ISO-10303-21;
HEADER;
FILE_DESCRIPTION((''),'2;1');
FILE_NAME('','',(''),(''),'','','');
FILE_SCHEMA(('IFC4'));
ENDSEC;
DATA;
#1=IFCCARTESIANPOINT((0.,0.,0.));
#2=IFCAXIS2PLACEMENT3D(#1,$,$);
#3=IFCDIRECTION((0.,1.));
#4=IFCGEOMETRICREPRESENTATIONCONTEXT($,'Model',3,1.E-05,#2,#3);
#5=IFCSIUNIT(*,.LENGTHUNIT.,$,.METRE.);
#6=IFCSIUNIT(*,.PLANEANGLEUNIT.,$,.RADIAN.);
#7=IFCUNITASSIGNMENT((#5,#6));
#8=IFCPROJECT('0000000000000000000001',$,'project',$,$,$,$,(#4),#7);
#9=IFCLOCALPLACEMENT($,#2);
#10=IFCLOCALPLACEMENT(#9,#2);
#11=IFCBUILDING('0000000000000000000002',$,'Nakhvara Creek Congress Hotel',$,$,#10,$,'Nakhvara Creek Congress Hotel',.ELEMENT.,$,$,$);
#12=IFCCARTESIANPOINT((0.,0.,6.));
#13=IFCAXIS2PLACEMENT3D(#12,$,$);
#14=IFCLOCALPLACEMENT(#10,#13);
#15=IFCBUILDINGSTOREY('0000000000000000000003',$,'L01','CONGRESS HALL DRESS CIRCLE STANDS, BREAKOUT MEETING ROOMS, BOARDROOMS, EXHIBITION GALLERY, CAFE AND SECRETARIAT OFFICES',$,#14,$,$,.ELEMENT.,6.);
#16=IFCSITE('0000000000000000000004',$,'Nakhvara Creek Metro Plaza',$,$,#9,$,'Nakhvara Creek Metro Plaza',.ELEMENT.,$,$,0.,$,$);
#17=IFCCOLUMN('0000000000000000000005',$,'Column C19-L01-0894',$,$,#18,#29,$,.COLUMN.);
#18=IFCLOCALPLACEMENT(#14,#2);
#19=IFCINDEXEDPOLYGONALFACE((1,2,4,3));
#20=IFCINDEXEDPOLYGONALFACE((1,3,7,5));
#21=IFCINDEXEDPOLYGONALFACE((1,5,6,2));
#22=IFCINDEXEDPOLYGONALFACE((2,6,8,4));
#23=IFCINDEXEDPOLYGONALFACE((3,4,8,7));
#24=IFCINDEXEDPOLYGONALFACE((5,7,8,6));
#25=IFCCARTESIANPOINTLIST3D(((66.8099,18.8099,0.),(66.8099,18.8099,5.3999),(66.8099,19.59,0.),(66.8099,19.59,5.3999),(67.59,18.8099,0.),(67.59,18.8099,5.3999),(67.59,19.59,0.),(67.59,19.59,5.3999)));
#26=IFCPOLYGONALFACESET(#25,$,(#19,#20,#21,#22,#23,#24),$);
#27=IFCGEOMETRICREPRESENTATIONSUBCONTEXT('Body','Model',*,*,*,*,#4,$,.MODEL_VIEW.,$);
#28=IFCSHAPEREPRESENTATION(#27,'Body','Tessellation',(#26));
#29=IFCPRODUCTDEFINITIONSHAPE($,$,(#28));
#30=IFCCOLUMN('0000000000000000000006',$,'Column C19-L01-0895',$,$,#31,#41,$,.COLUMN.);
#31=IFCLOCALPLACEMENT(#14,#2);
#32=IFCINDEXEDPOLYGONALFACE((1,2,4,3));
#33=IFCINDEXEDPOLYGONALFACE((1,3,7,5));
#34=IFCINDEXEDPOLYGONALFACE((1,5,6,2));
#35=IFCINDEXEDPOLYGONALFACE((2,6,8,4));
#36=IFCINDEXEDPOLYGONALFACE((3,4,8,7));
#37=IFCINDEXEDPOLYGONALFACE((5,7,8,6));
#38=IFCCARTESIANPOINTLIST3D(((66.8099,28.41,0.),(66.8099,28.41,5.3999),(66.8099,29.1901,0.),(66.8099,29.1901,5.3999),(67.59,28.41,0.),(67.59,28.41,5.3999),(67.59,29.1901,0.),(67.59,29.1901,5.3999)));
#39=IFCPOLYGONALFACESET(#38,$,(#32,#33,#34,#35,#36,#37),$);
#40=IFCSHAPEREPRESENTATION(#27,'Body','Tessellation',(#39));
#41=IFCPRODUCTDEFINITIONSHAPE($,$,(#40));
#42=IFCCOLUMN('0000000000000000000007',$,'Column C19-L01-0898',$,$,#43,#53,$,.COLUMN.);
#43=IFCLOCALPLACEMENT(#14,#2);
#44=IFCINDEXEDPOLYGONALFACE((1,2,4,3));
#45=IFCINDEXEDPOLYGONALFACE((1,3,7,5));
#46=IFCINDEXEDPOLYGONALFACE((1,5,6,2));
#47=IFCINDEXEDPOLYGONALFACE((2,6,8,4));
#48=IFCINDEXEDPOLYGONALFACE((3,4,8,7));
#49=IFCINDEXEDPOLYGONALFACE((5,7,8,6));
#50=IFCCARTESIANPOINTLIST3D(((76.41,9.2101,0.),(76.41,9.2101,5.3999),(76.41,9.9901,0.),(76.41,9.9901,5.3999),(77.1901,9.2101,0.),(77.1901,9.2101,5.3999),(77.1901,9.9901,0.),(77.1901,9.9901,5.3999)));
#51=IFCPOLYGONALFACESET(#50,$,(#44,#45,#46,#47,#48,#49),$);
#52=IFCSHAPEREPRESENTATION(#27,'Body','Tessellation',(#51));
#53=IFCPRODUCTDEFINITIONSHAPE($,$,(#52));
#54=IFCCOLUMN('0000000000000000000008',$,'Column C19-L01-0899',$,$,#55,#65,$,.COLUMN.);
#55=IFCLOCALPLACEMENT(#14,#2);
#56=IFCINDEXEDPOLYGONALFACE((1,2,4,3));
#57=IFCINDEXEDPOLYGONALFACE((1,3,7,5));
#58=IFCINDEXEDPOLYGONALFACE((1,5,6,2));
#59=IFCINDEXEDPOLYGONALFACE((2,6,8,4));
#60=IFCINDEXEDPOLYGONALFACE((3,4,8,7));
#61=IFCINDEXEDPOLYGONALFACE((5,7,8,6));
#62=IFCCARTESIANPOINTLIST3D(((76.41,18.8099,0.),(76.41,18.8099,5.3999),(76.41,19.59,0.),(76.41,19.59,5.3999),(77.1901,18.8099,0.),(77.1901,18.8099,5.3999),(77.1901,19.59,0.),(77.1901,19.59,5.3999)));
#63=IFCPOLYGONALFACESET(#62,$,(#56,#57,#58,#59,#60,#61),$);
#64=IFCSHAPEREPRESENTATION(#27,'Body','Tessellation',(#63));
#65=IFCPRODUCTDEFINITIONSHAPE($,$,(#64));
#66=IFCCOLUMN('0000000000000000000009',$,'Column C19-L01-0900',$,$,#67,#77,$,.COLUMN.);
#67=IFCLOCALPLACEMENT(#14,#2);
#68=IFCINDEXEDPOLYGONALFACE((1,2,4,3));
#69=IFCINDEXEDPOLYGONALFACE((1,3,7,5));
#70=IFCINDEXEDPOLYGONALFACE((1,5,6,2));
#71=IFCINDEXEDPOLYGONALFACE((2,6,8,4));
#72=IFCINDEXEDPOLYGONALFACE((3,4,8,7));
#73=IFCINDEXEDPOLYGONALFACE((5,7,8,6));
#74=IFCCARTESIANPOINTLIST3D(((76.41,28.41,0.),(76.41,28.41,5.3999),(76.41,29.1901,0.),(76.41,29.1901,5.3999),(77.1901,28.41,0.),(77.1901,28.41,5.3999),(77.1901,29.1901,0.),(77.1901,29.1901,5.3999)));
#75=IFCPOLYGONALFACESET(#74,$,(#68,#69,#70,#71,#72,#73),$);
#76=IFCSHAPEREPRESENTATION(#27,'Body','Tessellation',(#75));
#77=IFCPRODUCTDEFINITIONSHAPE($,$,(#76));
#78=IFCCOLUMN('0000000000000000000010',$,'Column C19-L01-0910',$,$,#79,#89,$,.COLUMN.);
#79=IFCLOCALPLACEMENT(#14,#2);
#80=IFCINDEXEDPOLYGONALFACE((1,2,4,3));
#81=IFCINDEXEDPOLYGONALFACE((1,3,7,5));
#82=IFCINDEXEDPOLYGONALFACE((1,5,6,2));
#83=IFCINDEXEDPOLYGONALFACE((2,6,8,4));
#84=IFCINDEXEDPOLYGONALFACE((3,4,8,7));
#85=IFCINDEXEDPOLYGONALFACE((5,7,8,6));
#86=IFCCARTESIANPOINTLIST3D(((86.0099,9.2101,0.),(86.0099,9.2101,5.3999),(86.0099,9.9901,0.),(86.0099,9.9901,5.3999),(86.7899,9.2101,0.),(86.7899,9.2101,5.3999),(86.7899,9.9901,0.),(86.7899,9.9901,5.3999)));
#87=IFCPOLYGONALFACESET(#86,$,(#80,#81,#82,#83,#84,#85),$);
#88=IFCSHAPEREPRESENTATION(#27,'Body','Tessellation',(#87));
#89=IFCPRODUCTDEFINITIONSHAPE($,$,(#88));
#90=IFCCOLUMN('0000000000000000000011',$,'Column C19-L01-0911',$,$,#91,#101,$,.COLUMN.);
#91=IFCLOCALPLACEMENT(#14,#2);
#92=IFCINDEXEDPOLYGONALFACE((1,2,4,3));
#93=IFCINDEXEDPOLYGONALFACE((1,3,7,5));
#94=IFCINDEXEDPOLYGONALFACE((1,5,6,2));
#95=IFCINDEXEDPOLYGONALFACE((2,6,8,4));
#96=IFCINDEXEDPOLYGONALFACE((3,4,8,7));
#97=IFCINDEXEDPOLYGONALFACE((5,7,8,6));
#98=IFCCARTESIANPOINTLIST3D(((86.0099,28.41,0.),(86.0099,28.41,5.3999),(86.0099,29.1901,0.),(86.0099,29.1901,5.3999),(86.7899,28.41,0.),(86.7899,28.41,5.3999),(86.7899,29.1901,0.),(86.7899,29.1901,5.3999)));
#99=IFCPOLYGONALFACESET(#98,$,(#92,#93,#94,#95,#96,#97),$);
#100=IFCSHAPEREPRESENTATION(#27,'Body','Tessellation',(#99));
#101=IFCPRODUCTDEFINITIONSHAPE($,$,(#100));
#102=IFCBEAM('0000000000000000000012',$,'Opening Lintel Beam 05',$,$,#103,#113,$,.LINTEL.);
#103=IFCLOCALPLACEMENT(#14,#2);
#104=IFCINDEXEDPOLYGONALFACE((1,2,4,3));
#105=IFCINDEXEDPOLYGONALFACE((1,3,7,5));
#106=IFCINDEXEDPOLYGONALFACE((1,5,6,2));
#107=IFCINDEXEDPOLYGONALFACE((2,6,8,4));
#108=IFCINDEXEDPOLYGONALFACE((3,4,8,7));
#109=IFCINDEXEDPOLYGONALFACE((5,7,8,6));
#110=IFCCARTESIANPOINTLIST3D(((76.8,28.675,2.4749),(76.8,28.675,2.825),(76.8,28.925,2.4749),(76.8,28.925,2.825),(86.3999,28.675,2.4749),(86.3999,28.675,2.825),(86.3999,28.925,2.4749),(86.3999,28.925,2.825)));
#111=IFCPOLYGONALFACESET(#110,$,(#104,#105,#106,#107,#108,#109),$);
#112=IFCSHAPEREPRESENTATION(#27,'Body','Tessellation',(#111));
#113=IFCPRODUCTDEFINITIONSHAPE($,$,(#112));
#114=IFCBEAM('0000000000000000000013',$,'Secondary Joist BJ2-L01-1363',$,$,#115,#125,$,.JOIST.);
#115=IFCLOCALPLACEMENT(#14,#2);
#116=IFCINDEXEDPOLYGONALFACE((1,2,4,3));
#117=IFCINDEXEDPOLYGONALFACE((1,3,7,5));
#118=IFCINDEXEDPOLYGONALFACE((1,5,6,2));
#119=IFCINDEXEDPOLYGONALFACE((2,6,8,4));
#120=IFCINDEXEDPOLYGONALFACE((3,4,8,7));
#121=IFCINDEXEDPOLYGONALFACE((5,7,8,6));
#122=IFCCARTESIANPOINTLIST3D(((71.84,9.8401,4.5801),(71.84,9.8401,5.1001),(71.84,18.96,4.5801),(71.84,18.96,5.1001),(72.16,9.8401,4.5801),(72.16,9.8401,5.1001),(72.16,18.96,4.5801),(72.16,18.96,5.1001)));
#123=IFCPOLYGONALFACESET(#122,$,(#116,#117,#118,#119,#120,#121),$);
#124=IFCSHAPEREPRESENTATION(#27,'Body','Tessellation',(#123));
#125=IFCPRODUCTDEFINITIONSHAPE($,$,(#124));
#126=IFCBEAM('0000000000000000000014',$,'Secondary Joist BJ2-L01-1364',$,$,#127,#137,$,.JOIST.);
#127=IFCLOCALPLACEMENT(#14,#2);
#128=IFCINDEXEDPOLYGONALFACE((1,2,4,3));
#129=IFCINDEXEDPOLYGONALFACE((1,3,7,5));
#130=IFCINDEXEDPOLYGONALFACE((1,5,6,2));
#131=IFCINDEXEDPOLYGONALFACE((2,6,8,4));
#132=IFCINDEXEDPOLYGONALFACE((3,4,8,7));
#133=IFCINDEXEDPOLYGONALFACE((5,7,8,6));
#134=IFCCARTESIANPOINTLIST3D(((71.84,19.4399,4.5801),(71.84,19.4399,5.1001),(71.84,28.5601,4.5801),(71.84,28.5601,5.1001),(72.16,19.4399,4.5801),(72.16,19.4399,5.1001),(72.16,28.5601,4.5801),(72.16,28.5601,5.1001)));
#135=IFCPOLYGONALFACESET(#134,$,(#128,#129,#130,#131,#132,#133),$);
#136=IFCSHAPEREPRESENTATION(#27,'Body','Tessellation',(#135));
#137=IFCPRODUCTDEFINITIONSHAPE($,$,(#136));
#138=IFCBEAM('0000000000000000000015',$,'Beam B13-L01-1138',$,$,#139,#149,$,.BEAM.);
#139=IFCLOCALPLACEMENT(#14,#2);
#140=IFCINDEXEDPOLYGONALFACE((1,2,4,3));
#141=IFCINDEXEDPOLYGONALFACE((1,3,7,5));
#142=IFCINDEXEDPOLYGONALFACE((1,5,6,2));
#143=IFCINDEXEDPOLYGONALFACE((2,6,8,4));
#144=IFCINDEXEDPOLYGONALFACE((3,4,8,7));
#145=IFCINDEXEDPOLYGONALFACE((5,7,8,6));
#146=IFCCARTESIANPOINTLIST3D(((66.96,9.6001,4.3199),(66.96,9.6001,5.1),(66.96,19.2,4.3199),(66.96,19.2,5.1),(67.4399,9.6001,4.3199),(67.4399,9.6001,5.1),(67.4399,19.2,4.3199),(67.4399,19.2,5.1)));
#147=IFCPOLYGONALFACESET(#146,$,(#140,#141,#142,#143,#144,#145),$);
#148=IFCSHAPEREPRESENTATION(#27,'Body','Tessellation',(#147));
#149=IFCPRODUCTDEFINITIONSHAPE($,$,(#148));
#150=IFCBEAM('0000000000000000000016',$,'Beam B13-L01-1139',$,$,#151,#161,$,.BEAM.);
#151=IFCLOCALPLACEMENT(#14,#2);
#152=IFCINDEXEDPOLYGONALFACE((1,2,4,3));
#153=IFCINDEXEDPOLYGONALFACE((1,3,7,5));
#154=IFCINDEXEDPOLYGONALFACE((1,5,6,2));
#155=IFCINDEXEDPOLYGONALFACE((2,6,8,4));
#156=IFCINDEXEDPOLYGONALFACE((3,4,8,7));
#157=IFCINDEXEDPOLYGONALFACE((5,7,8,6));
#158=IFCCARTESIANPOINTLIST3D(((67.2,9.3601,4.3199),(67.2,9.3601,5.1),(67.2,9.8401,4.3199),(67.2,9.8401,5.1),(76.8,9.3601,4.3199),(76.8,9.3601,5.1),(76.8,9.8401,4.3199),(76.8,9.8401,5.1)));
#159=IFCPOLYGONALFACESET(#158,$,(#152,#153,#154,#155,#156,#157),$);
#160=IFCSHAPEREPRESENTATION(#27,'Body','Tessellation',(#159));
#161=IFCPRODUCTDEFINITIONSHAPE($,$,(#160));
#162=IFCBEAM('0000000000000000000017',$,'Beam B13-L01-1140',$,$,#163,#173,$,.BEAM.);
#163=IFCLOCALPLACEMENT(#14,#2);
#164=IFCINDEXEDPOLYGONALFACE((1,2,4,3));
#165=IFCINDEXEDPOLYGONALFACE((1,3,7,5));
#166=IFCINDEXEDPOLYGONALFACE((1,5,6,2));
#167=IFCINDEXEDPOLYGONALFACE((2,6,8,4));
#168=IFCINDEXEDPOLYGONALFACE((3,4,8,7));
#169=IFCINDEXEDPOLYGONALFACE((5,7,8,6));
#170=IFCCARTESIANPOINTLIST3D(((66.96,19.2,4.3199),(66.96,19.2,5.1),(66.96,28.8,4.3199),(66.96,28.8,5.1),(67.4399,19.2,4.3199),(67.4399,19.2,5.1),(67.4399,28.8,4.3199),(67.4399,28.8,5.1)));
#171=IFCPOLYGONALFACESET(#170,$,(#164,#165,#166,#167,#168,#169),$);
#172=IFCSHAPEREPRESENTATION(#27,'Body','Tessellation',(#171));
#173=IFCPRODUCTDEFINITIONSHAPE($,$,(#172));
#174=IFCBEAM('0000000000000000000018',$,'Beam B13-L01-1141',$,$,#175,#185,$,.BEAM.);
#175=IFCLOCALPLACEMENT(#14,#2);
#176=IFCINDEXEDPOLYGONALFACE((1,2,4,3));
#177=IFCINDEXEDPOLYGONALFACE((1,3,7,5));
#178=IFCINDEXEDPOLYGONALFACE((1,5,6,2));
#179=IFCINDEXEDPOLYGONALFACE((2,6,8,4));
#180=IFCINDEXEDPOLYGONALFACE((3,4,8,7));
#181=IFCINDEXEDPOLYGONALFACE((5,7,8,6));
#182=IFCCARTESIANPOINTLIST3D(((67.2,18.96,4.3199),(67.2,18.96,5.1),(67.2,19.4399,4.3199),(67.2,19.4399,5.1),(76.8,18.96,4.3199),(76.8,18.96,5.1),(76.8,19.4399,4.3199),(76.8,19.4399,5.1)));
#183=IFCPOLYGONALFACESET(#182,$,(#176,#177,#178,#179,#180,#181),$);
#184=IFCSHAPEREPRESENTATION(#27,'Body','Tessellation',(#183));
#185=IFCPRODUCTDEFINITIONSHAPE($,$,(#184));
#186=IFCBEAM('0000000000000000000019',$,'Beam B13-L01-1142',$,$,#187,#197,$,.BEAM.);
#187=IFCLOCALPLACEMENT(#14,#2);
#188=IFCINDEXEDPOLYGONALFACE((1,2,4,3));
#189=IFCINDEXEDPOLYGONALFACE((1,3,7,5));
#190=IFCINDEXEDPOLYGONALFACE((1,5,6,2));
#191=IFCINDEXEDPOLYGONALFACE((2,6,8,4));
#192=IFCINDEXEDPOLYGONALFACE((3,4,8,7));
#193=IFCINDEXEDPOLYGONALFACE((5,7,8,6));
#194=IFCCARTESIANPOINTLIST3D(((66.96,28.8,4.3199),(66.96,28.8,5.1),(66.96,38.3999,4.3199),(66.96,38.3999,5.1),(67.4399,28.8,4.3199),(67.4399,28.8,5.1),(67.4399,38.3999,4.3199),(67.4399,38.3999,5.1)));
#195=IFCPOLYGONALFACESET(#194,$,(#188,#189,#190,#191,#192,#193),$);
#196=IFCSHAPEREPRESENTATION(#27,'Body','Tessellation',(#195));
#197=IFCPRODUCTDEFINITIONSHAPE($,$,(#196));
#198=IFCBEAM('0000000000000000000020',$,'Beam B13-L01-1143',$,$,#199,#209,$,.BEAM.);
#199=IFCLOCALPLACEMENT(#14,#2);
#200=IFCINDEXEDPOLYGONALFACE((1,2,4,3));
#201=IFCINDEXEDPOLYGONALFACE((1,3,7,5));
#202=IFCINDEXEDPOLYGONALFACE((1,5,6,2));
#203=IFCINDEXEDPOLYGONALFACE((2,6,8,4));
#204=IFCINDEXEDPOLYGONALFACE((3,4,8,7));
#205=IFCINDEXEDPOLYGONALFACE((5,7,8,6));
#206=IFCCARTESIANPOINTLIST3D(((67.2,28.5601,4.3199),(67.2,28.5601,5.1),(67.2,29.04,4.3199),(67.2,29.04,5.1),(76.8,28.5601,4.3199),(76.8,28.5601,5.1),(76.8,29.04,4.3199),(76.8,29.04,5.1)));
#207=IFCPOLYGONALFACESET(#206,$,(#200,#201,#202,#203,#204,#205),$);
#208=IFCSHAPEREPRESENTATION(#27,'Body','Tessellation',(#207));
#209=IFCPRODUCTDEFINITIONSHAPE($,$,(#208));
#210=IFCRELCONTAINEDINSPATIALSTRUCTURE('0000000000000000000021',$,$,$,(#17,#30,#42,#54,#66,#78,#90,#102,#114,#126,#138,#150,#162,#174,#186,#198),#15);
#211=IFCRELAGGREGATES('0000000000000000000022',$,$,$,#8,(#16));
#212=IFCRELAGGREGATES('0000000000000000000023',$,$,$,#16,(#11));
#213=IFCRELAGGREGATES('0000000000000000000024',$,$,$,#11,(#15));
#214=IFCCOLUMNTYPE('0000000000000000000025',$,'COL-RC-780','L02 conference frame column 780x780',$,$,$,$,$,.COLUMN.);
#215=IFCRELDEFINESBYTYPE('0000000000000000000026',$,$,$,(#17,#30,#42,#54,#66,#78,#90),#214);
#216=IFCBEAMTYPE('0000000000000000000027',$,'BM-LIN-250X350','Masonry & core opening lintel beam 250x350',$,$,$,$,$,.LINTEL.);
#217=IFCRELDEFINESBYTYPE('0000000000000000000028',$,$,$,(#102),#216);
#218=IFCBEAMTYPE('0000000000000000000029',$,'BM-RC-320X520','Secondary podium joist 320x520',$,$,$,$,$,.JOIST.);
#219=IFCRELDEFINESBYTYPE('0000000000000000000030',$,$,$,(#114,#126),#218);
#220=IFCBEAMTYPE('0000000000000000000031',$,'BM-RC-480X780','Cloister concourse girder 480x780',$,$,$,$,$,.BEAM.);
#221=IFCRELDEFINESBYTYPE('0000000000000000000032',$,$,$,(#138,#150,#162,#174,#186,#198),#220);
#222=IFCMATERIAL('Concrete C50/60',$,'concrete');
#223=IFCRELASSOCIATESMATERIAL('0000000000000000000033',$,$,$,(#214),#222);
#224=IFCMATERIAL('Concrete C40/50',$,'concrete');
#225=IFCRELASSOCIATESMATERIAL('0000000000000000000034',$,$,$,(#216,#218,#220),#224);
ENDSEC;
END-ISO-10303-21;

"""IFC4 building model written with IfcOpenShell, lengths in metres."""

from ifc_helpers import new_model, si_unit, direction, frame, origin, origin_2d, place, context, subcontext, project, spatial, rectangle, extrude, material, material_profile, profile_set, type_object, element, save


model = new_model("IFC4")

# Units and contexts
model_context = context("Model", 3, precision=1e-05, world=origin(), true_north=direction((0.0, 1.0)))
body_context = subcontext(model_context, "Body", "Model", "MODEL_VIEW")
ifc_project = project(units=[si_unit("LENGTHUNIT", "METRE"), si_unit("PLANEANGLEUNIT", "RADIAN")], contexts=[model_context])

# Site, building, storey
site_placement = place(None, origin())
site = spatial("IfcSite", under=ifc_project, at=site_placement, Name="Nakhvara Creek Metro Plaza", LongName="Nakhvara Creek Metro Plaza", CompositionType="ELEMENT", RefElevation=0.0)
building_placement = place(site_placement, origin())
building = spatial("IfcBuilding", under=site, at=building_placement, Name="Nakhvara Creek Congress Hotel", LongName="Nakhvara Creek Congress Hotel", CompositionType="ELEMENT")
storey_placement = place(building_placement, frame((0.0, 0.0, 6.0)))
storey = spatial("IfcBuildingStorey", under=building, at=storey_placement, Name="L01", Description="CONGRESS HALL DRESS CIRCLE STANDS, BREAKOUT MEETING ROOMS, BOARDROOMS, EXHIBITION GALLERY, CAFE AND SECRETARIAT OFFICES", CompositionType="ELEMENT", Elevation=6.0)

# Columns
ifc_material_1 = material(Name="Concrete C50/60", Category="concrete")
ifc_material_profile_1 = material_profile(ifc_material_1, rectangle(XDim=0.78, YDim=0.78, at=origin_2d()), Name="RC-COL 780x780", Category="LoadBearing")
ifc_profile_set_1 = profile_set([ifc_material_profile_1], Name="Concrete C50/60")
column_type = type_object("IfcColumnType", Name="COL-RC-780", Description="L02 conference frame column 780x780", PredefinedType="COLUMN", material=ifc_profile_set_1)
for number, where, z_axis, x_axis, name in (
    (1, (67.2, 19.2, 0.0), (0.0, 0.0, 1.0), (1.0, 0.0, 0.0), "Column C19-L01-0894"),
    (2, (67.2, 28.8, 0.0), (0.0, 0.0, 1.0), (1.0, 0.0, 0.0), "Column C19-L01-0895"),
    (3, (76.8, 9.6001, 0.0), (0.0, 0.0, 1.0), (1.0, 0.0, 0.0), "Column C19-L01-0898"),
    (4, (76.8, 19.2, 0.0), (0.0, 0.0, 1.0), (1.0, 0.0, 0.0), "Column C19-L01-0899"),
    (5, (76.8, 28.8, 0.0), (0.0, 0.0, 1.0), (1.0, 0.0, 0.0), "Column C19-L01-0900"),
    (6, (86.3999, 9.6001, 0.0), (0.0, 0.0, 1.0), (1.0, 0.0, 0.0), "Column C19-L01-0910"),
    (7, (86.3999, 28.8, 0.0), (0.0, 0.0, 1.0), (1.0, 0.0, 0.0), "Column C19-L01-0911"),
):
    element("IfcColumn", number, at=place(storey_placement, frame(where, z_axis=z_axis, x_axis=x_axis)), inside=storey, type_object=column_type, Name=name, PredefinedType="COLUMN", context=body_context, shape_type="SweptSolid", body=[
        extrude(rectangle(XDim=0.78, YDim=0.78, at=origin_2d()), origin(), (0.0, 0.0, 1.0), 5.3999),
    ])

# Beams
ifc_material_2 = material(Name="Concrete C40/50", Category="concrete")
ifc_material_profile_2 = material_profile(ifc_material_2, rectangle(XDim=0.25, YDim=0.3501, at=origin_2d()), Name="RC-LINTEL 250x350", Category="LoadBearing")
ifc_profile_set_2 = profile_set([ifc_material_profile_2], Name="Concrete C40/50")
beam_type_1 = type_object("IfcBeamType", Name="BM-LIN-250X350", Description="Masonry & core opening lintel beam 250x350", PredefinedType="LINTEL", material=ifc_profile_set_2)
beam_1_placement = place(storey_placement, frame((76.8, 28.8, 2.6499), z_axis=(1.0, 0.0, 0.0), x_axis=(0.0, 1.0, 0.0)))
element("IfcBeam", 8, at=beam_1_placement, inside=storey, type_object=beam_type_1, Name="Opening Lintel Beam 05", PredefinedType="LINTEL", context=body_context, shape_type="SweptSolid", body=[
    extrude(rectangle(XDim=0.25, YDim=0.3501, at=origin_2d()), origin(), (0.0, 0.0, 1.0), 9.5999),
])
ifc_material_profile_3 = material_profile(ifc_material_2, rectangle(XDim=0.3201, YDim=0.52, at=origin_2d()), Name="RC-BM 320x520", Category="LoadBearing")
ifc_profile_set_3 = profile_set([ifc_material_profile_3], Name="Concrete C40/50")
beam_type_2 = type_object("IfcBeamType", Name="BM-RC-320X520", Description="Secondary podium joist 320x520", PredefinedType="JOIST", material=ifc_profile_set_3)
beam_2_placement = place(storey_placement, frame((72.0, 9.8401, 4.8401), z_axis=(0.0, 1.0, 0.0), x_axis=(-1.0, 0.0, 0.0)))
element("IfcBeam", 9, at=beam_2_placement, inside=storey, type_object=beam_type_2, Name="Secondary Joist BJ2-L01-1363", PredefinedType="JOIST", context=body_context, shape_type="SweptSolid", body=[
    extrude(rectangle(XDim=0.3201, YDim=0.52, at=origin_2d()), origin(), (0.0, 0.0, 1.0), 9.1199),
])
beam_3_placement = place(storey_placement, frame((72.0, 19.4399, 4.8401), z_axis=(0.0, 1.0, 0.0), x_axis=(-1.0, 0.0, 0.0)))
element("IfcBeam", 10, at=beam_3_placement, inside=storey, type_object=beam_type_2, Name="Secondary Joist BJ2-L01-1364", PredefinedType="JOIST", context=body_context, shape_type="SweptSolid", body=[
    extrude(rectangle(XDim=0.3201, YDim=0.52, at=origin_2d()), origin(), (0.0, 0.0, 1.0), 9.1201),
])
ifc_material_profile_4 = material_profile(ifc_material_2, rectangle(XDim=0.48, YDim=0.78, at=origin_2d()), Name="RC-BM 480x780", Category="LoadBearing")
ifc_profile_set_4 = profile_set([ifc_material_profile_4], Name="Concrete C40/50")
beam_type_3 = type_object("IfcBeamType", Name="BM-RC-480X780", Description="Cloister concourse girder 480x780", PredefinedType="BEAM", material=ifc_profile_set_4)
beam_4_placement = place(storey_placement, frame((67.2, 9.6001, 4.71), z_axis=(0.0, 1.0, 0.0), x_axis=(-1.0, 0.0, 0.0)))
element("IfcBeam", 11, at=beam_4_placement, inside=storey, type_object=beam_type_3, Name="Beam B13-L01-1138", PredefinedType="BEAM", context=body_context, shape_type="SweptSolid", body=[
    extrude(rectangle(XDim=0.48, YDim=0.78, at=origin_2d()), origin(), (0.0, 0.0, 1.0), 9.5999),
])
for number, where, z_axis, x_axis, name in (
    (12, (67.2, 9.6001, 4.71), (1.0, 0.0, 0.0), (0.0, 1.0, 0.0), "Beam B13-L01-1139"),
    (13, (67.2, 19.2, 4.71), (0.0, 1.0, 0.0), (-1.0, 0.0, 0.0), "Beam B13-L01-1140"),
    (14, (67.2, 19.2, 4.71), (1.0, 0.0, 0.0), (0.0, 1.0, 0.0), "Beam B13-L01-1141"),
):
    element("IfcBeam", number, at=place(storey_placement, frame(where, z_axis=z_axis, x_axis=x_axis)), inside=storey, type_object=beam_type_3, Name=name, PredefinedType="BEAM", context=body_context, shape_type="SweptSolid", body=[
        extrude(rectangle(XDim=0.48, YDim=0.78, at=origin_2d()), origin(), (0.0, 0.0, 1.0), 9.6001),
    ])
beam_5_placement = place(storey_placement, frame((67.2, 28.8, 4.71), z_axis=(0.0, 1.0, 0.0), x_axis=(-1.0, 0.0, 0.0)))
element("IfcBeam", 15, at=beam_5_placement, inside=storey, type_object=beam_type_3, Name="Beam B13-L01-1142", PredefinedType="BEAM", context=body_context, shape_type="SweptSolid", body=[
    extrude(rectangle(XDim=0.48, YDim=0.78, at=origin_2d()), origin(), (0.0, 0.0, 1.0), 9.5999),
])
beam_6_placement = place(storey_placement, frame((67.2, 28.8, 4.71), z_axis=(1.0, 0.0, 0.0), x_axis=(0.0, 1.0, 0.0)))
element("IfcBeam", 16, at=beam_6_placement, inside=storey, type_object=beam_type_3, Name="Beam B13-L01-1143", PredefinedType="BEAM", context=body_context, shape_type="SweptSolid", body=[
    extrude(rectangle(XDim=0.48, YDim=0.78, at=origin_2d()), origin(), (0.0, 0.0, 1.0), 9.6001),
])

save(model, "model.ifc")
